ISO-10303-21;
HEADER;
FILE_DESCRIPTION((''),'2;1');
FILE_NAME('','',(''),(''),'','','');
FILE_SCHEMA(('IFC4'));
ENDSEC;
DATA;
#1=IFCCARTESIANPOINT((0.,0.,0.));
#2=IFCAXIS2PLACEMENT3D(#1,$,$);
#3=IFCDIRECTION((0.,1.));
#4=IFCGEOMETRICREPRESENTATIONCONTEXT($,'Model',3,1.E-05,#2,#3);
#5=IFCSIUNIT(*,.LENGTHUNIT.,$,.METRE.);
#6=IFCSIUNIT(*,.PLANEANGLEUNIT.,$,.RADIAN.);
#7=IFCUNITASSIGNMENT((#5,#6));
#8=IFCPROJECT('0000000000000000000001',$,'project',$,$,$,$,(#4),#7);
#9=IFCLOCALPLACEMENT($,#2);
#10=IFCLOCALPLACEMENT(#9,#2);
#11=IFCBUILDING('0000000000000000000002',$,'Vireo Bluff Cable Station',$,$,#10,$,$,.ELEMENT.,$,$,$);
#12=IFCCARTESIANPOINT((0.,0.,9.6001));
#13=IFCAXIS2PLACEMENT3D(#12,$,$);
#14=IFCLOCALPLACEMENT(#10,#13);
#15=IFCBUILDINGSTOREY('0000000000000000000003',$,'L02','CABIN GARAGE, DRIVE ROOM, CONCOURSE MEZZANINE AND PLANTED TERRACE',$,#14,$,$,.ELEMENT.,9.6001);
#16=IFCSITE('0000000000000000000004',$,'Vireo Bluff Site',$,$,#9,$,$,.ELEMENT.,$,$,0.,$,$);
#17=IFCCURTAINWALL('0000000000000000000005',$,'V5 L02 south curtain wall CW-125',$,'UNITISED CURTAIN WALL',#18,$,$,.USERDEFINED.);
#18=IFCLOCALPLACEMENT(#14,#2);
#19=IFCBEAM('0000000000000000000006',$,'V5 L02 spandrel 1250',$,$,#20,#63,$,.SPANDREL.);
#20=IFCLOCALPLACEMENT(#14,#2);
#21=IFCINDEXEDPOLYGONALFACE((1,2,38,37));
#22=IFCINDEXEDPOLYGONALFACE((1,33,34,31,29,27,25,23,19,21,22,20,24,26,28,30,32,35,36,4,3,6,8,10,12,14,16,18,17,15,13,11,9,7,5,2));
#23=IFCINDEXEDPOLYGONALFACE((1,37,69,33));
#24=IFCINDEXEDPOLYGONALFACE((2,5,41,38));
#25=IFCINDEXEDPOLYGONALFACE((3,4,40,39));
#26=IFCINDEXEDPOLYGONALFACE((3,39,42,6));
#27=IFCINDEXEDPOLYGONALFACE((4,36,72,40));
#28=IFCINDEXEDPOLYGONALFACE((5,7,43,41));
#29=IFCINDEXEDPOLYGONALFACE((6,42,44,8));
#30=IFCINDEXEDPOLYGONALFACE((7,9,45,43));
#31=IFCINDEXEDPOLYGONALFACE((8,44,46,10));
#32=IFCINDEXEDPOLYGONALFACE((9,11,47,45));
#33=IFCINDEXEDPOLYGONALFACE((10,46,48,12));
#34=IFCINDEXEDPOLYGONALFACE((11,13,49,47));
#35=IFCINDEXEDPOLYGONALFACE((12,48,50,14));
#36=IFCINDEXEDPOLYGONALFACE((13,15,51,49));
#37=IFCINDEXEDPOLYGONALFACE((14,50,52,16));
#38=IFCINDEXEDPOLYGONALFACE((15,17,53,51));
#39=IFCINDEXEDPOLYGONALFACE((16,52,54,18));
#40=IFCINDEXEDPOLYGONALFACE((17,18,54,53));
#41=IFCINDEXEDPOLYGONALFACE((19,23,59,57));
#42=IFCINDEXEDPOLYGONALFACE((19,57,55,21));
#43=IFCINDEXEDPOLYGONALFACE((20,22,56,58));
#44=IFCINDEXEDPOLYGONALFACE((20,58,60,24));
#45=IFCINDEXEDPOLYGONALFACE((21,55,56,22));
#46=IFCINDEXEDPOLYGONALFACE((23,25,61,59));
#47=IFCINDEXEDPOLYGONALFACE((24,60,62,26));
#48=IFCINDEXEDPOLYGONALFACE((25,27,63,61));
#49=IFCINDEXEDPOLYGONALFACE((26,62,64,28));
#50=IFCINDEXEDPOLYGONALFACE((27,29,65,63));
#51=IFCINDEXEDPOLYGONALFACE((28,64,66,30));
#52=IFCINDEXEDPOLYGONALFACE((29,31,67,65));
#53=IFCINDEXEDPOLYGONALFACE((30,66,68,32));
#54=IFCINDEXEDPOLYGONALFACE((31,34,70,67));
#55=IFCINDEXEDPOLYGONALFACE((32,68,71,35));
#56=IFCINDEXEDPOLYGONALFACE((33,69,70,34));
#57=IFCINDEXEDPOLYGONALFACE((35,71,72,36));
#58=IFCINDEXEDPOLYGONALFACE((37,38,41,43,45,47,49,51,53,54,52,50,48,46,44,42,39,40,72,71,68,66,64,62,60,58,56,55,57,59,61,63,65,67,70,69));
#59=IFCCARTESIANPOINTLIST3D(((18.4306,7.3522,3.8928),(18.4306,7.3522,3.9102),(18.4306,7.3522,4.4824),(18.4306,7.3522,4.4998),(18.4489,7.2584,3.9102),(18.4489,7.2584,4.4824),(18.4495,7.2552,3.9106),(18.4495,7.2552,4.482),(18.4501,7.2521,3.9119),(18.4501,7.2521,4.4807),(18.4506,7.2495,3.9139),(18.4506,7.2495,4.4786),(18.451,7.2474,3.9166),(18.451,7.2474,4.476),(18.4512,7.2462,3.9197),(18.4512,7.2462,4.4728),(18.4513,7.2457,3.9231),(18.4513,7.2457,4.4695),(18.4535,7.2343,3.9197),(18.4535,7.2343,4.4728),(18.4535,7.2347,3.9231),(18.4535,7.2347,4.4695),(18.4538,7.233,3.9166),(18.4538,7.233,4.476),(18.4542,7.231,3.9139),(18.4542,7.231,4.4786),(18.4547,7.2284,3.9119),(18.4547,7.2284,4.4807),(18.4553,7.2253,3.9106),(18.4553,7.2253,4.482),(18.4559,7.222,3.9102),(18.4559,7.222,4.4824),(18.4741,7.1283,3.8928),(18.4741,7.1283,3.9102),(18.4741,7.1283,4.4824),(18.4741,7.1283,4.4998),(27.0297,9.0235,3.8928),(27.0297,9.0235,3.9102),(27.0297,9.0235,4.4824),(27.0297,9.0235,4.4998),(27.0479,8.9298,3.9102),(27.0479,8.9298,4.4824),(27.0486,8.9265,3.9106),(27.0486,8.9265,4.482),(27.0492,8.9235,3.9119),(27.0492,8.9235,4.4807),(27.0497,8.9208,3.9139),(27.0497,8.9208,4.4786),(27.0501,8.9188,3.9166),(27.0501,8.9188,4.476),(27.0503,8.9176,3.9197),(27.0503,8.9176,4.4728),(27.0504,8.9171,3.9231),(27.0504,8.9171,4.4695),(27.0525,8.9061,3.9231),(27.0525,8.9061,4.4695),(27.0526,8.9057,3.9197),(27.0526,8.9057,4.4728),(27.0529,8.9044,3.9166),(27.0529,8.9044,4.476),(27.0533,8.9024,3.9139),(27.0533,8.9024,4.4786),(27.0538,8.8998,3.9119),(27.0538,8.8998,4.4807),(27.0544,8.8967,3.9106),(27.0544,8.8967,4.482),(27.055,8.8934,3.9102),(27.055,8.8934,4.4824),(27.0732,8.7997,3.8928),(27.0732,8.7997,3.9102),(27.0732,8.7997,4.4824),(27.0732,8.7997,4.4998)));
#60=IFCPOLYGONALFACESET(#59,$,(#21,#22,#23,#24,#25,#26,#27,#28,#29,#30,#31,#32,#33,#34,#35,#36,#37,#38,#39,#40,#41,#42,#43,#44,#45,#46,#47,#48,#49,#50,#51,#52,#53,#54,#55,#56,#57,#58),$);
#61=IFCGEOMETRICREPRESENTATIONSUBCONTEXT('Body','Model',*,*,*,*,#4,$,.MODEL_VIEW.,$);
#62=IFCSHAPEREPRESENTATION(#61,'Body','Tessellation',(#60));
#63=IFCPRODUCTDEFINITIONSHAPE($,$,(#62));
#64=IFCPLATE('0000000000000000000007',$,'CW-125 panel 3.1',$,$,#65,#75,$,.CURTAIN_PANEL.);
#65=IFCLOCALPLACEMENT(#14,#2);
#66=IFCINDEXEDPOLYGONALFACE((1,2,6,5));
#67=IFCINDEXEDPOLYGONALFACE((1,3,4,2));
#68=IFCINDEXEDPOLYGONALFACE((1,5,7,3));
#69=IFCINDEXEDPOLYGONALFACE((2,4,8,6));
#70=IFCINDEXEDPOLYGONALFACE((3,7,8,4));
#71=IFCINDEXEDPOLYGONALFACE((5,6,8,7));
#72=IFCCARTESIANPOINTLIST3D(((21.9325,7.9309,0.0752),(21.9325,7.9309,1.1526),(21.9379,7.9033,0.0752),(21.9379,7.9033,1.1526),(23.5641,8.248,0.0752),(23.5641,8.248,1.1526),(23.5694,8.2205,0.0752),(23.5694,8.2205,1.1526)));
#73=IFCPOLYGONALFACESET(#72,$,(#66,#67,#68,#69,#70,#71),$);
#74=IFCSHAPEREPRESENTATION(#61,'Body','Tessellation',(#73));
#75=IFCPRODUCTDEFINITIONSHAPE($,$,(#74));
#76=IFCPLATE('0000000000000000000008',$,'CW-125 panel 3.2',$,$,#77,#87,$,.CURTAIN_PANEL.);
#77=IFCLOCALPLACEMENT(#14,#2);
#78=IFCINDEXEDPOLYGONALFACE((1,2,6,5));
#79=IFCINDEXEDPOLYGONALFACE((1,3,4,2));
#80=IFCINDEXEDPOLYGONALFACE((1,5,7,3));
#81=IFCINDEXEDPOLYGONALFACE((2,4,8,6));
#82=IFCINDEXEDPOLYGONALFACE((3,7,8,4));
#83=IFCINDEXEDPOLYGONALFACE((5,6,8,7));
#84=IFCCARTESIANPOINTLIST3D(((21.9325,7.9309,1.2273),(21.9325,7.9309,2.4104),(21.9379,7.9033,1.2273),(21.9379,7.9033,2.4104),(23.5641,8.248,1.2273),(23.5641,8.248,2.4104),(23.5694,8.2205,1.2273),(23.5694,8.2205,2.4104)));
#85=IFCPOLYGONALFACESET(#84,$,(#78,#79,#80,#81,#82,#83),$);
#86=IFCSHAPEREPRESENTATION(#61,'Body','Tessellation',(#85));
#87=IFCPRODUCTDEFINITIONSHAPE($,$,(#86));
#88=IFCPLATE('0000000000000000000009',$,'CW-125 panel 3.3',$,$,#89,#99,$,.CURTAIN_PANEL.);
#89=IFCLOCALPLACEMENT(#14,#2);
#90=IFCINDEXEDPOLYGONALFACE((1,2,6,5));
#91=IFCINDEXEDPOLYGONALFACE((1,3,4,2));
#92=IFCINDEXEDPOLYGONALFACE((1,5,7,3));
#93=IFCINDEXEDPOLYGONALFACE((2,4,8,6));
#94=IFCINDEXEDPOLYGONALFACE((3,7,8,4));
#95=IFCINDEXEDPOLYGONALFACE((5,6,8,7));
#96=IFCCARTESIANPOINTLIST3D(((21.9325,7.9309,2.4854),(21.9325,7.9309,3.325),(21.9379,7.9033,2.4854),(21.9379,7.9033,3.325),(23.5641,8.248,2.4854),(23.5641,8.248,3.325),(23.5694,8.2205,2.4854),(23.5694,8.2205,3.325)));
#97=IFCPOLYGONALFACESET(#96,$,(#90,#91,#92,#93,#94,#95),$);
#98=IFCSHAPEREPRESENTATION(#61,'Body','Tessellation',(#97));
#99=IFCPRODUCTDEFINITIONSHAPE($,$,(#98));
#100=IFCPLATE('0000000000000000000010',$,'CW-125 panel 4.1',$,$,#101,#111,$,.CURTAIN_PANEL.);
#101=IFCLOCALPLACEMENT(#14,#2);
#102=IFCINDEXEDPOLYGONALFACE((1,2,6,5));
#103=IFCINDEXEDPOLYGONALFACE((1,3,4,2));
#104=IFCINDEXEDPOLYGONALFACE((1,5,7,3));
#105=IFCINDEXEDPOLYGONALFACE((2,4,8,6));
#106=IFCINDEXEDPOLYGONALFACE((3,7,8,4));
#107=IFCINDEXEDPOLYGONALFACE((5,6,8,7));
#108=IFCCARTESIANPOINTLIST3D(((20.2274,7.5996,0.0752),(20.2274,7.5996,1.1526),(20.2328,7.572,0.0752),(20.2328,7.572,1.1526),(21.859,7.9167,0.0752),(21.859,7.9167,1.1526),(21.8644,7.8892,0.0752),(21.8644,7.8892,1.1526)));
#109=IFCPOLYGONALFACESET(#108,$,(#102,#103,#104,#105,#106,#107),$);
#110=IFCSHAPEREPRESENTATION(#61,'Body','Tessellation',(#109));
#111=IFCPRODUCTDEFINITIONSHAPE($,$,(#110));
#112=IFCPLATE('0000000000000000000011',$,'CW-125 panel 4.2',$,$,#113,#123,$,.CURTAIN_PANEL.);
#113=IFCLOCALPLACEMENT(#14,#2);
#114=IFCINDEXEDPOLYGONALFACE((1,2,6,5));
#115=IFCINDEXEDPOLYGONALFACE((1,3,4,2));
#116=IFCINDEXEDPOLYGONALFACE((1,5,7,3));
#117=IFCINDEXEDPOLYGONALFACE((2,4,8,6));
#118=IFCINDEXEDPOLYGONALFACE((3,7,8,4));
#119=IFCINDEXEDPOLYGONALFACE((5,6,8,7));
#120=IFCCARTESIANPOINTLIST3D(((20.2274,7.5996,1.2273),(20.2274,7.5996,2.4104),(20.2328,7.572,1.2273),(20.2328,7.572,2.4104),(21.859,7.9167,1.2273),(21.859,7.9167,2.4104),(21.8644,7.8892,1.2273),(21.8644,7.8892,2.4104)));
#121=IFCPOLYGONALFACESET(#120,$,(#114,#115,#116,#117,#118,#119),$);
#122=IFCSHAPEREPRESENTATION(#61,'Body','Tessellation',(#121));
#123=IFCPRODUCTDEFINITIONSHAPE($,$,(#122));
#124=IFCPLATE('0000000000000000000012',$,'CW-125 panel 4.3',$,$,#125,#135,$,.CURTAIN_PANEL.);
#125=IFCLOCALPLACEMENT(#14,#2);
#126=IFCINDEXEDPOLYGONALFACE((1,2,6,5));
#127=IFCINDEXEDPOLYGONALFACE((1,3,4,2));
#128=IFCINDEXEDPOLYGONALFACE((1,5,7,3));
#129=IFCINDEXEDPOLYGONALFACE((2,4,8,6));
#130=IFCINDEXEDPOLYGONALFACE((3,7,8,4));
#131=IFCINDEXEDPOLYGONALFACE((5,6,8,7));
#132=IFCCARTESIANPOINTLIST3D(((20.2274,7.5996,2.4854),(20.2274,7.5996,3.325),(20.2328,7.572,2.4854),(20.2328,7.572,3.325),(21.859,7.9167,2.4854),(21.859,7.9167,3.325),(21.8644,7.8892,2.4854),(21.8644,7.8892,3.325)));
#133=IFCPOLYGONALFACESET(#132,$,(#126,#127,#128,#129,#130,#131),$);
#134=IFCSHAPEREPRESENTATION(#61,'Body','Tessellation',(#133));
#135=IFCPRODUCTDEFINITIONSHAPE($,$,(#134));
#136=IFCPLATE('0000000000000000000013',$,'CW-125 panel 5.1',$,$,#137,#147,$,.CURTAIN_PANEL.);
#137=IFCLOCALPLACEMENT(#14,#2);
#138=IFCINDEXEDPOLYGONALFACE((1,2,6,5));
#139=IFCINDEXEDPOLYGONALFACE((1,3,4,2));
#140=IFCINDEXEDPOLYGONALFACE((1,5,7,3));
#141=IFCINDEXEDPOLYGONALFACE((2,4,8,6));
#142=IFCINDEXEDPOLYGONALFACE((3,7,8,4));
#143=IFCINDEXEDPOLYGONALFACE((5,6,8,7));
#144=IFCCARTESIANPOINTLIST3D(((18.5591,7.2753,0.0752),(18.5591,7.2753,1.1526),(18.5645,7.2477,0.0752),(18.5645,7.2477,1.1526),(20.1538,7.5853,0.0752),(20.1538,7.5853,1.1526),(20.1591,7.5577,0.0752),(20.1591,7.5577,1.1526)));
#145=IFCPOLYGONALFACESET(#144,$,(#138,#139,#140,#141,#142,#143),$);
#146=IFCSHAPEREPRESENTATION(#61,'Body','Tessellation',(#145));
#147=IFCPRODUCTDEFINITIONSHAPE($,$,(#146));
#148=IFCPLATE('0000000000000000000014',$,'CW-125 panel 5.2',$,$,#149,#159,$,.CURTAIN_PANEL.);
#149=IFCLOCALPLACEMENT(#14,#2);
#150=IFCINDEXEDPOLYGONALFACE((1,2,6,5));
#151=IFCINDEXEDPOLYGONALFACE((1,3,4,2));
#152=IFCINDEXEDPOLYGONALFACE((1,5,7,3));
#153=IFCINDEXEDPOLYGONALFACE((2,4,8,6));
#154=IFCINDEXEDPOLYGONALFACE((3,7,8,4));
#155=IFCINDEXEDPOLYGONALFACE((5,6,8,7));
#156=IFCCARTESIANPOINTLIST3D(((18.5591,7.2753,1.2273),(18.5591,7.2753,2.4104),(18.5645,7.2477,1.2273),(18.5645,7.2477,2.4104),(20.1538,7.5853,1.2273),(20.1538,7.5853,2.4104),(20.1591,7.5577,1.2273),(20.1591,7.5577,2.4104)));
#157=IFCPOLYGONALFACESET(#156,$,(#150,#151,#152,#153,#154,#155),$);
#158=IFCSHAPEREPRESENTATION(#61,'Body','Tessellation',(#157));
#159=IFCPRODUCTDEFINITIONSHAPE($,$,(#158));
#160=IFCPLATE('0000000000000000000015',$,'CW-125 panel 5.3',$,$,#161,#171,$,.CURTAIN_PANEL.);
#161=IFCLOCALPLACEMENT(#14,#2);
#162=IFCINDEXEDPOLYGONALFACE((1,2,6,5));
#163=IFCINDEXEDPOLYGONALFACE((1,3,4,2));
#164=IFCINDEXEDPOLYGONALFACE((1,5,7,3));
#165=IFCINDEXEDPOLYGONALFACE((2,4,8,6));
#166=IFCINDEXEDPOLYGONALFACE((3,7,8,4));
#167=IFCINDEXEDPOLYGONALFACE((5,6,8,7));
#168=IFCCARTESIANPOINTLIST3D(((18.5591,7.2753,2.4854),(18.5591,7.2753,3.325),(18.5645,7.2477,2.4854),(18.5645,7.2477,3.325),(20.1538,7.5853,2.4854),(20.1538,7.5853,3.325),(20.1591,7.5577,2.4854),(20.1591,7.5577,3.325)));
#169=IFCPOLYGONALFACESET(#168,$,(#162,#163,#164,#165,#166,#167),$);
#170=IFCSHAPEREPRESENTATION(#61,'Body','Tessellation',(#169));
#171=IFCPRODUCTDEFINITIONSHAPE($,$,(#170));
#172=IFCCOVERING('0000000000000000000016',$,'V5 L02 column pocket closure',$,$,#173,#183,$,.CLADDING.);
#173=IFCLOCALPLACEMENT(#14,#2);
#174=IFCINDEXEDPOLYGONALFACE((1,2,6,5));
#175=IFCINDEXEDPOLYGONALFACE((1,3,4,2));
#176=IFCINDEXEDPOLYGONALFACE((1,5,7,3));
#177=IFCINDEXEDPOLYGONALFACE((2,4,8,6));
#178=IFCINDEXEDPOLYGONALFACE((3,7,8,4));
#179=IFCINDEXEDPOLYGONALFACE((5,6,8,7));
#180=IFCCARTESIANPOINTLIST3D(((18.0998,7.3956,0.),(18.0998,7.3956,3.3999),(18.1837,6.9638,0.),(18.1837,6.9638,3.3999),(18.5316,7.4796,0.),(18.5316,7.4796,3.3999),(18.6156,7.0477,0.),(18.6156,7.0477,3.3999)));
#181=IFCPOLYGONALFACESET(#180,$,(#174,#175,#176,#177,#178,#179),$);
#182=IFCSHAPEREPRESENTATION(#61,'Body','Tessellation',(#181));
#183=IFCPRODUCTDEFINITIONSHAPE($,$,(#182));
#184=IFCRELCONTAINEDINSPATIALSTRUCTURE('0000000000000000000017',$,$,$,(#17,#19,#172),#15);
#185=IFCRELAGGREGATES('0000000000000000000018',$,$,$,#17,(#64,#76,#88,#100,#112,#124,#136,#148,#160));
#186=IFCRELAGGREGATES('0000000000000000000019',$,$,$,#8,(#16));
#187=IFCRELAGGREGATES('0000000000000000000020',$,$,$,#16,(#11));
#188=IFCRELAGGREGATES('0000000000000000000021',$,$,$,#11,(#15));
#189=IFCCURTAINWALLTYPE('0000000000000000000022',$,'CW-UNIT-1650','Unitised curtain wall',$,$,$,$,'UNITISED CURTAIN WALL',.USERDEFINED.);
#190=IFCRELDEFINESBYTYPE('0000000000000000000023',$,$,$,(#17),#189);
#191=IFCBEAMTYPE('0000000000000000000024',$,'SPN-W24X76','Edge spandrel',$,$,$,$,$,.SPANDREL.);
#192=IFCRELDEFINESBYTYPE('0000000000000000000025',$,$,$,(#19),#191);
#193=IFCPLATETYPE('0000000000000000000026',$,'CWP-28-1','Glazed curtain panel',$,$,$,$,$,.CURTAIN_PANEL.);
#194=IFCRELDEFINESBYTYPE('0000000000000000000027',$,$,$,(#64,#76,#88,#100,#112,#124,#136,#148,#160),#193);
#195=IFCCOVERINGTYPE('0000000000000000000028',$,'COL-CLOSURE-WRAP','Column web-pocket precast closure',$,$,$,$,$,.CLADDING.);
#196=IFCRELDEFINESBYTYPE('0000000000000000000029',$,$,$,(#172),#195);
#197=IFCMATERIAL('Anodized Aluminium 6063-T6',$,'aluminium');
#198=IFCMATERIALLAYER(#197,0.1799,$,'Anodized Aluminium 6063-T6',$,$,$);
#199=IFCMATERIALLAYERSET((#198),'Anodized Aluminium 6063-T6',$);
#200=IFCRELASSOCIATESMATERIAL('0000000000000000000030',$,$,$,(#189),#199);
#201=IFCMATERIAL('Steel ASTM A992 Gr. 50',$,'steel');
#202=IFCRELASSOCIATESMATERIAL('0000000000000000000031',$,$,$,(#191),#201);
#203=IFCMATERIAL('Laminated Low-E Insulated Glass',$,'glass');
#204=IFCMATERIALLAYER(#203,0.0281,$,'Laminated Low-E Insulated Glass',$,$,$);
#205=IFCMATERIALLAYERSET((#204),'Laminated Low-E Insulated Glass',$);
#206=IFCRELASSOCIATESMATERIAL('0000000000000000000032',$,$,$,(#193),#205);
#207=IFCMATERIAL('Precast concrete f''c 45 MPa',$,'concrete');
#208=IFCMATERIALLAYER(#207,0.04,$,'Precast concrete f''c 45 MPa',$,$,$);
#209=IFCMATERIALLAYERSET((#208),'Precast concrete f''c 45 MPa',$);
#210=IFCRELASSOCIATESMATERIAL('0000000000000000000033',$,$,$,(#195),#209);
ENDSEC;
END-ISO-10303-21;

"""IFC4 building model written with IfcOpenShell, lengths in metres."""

from ifc_helpers import new_model, si_unit, direction, frame, origin, origin_2d, place, context, subcontext, project, spatial, rectangle, i_section, extrude, material, layer, layer_set, material_profile, profile_set, type_object, element, aggregate, save


model = new_model("IFC4")

# Units and contexts
model_context = context("Model", 3, precision=1e-05, world=origin(), true_north=direction((0.0, 1.0)))
body_context = subcontext(model_context, "Body", "Model", "MODEL_VIEW")
ifc_project = project(units=[si_unit("LENGTHUNIT", "METRE"), si_unit("PLANEANGLEUNIT", "RADIAN")], contexts=[model_context])

# Site, building, storey
site_placement = place(None, origin())
site = spatial("IfcSite", under=ifc_project, at=site_placement, Name="Vireo Bluff Site", CompositionType="ELEMENT", RefElevation=0.0)
building_placement = place(site_placement, origin())
building = spatial("IfcBuilding", under=site, at=building_placement, Name="Vireo Bluff Cable Station", CompositionType="ELEMENT")
storey_placement = place(building_placement, frame((0.0, 0.0, 9.6001)))
storey = spatial("IfcBuildingStorey", under=building, at=storey_placement, Name="L02", Description="CABIN GARAGE, DRIVE ROOM, CONCOURSE MEZZANINE AND PLANTED TERRACE", CompositionType="ELEMENT", Elevation=9.6001)

# Curtain wall
ifc_material_1 = material(Name="Anodized Aluminium 6063-T6", Category="aluminium")
ifc_layer_1 = layer(ifc_material_1, 0.1799, Name="Anodized Aluminium 6063-T6")
ifc_layer_set_1 = layer_set([ifc_layer_1], Name="Anodized Aluminium 6063-T6")
curtain_wall_type = type_object("IfcCurtainWallType", Name="CW-UNIT-1650", Description="Unitised curtain wall", ElementType="UNITISED CURTAIN WALL", PredefinedType="USERDEFINED", material=ifc_layer_set_1)
curtain_wall_placement = place(storey_placement, origin())
curtain_wall = element("IfcCurtainWall", 1, at=curtain_wall_placement, inside=storey, type_object=curtain_wall_type, Name="V5 L02 south curtain wall CW-125", ObjectType="UNITISED CURTAIN WALL", PredefinedType="USERDEFINED")

# Beam
ifc_material_2 = material(Name="Steel ASTM A992 Gr. 50", Category="steel")
ifc_material_profile_1 = material_profile(ifc_material_2, i_section(OverallWidth=0.228, OverallDepth=0.6069, WebThickness=0.0112, FlangeThickness=0.0173, FilletRadius=0.0129, at=origin_2d()), Name="W24X76")
ifc_profile_set_1 = profile_set([ifc_material_profile_1], Name="Steel ASTM A992 Gr. 50")
beam_type = type_object("IfcBeamType", Name="SPN-W24X76", Description="Edge spandrel", PredefinedType="SPANDREL", material=ifc_profile_set_1)
beam_placement = place(storey_placement, frame((18.4524, 7.2402, 4.1963), z_axis=(0.98163, 0.190797, 0.0), x_axis=(-0.190797, 0.98163, 0.0)))
element("IfcBeam", 2, at=beam_placement, inside=storey, type_object=beam_type, Name="V5 L02 spandrel 1250", PredefinedType="SPANDREL", context=body_context, shape_type="SweptSolid", body=[
    extrude(i_section(OverallWidth=0.228, OverallDepth=0.6069, WebThickness=0.0112, FlangeThickness=0.0173, FilletRadius=0.0129, at=origin_2d()), origin(), (0.0, 0.0, 1.0), 8.76),
])

# Plates
ifc_material_3 = material(Name="Laminated Low-E Insulated Glass", Category="glass")
ifc_layer_2 = layer(ifc_material_3, 0.0281, Name="Laminated Low-E Insulated Glass")
ifc_layer_set_2 = layer_set([ifc_layer_2], Name="Laminated Low-E Insulated Glass")
plate_type = type_object("IfcPlateType", Name="CWP-28-1", Description="Glazed curtain panel", PredefinedType="CURTAIN_PANEL", material=ifc_layer_set_2)
plate_1_placement = place(storey_placement, frame((22.751, 8.0757, 0.0752), z_axis=(0.0, 0.0, 1.0), x_axis=(-0.981627, -0.190809, 0.0)))
plate_1 = element("IfcPlate", 3, at=plate_1_placement, type_object=plate_type, Name="CW-125 panel 3.1", PredefinedType="CURTAIN_PANEL", context=body_context, shape_type="SweptSolid", body=[
    extrude(rectangle(XDim=1.6621, YDim=0.0281, at=origin_2d()), origin(), (0.0, 0.0, 1.0), 1.0774),
])
plate_2_placement = place(storey_placement, frame((22.751, 8.0757, 1.2273), z_axis=(0.0, 0.0, 1.0), x_axis=(-0.981627, -0.190809, 0.0)))
plate_2 = element("IfcPlate", 4, at=plate_2_placement, type_object=plate_type, Name="CW-125 panel 3.2", PredefinedType="CURTAIN_PANEL", context=body_context, shape_type="SweptSolid", body=[
    extrude(rectangle(XDim=1.6621, YDim=0.0281, at=origin_2d()), origin(), (0.0, 0.0, 1.0), 1.1831),
])
plate_3_placement = place(storey_placement, frame((22.751, 8.0757, 2.4854), z_axis=(0.0, 0.0, 1.0), x_axis=(-0.981627, -0.190809, 0.0)))
plate_3 = element("IfcPlate", 5, at=plate_3_placement, type_object=plate_type, Name="CW-125 panel 3.3", PredefinedType="CURTAIN_PANEL", context=body_context, shape_type="SweptSolid", body=[
    extrude(rectangle(XDim=1.6621, YDim=0.0281, at=origin_2d()), origin(), (0.0, 0.0, 1.0), 0.8396),
])
plate_4_placement = place(storey_placement, frame((21.0459, 7.7444, 0.0752), z_axis=(0.0, 0.0, 1.0), x_axis=(-0.981627, -0.190809, 0.0)))
plate_4 = element("IfcPlate", 6, at=plate_4_placement, type_object=plate_type, Name="CW-125 panel 4.1", PredefinedType="CURTAIN_PANEL", context=body_context, shape_type="SweptSolid", body=[
    extrude(rectangle(XDim=1.6621, YDim=0.0281, at=origin_2d()), origin(), (0.0, 0.0, 1.0), 1.0774),
])
plate_5_placement = place(storey_placement, frame((21.0459, 7.7444, 1.2273), z_axis=(0.0, 0.0, 1.0), x_axis=(-0.981627, -0.190809, 0.0)))
plate_5 = element("IfcPlate", 7, at=plate_5_placement, type_object=plate_type, Name="CW-125 panel 4.2", PredefinedType="CURTAIN_PANEL", context=body_context, shape_type="SweptSolid", body=[
    extrude(rectangle(XDim=1.6621, YDim=0.0281, at=origin_2d()), origin(), (0.0, 0.0, 1.0), 1.1831),
])
plate_6_placement = place(storey_placement, frame((21.0459, 7.7444, 2.4854), z_axis=(0.0, 0.0, 1.0), x_axis=(-0.981627, -0.190809, 0.0)))
plate_6 = element("IfcPlate", 8, at=plate_6_placement, type_object=plate_type, Name="CW-125 panel 4.3", PredefinedType="CURTAIN_PANEL", context=body_context, shape_type="SweptSolid", body=[
    extrude(rectangle(XDim=1.6621, YDim=0.0281, at=origin_2d()), origin(), (0.0, 0.0, 1.0), 0.8396),
])
plate_7_placement = place(storey_placement, frame((19.3591, 7.4165, 0.0752), z_axis=(0.0, 0.0, 1.0), x_axis=(-0.981627, -0.190809, 0.0)))
plate_7 = element("IfcPlate", 9, at=plate_7_placement, type_object=plate_type, Name="CW-125 panel 5.1", PredefinedType="CURTAIN_PANEL", context=body_context, shape_type="SweptSolid", body=[
    extrude(rectangle(XDim=1.6245, YDim=0.0281, at=origin_2d()), origin(), (0.0, 0.0, 1.0), 1.0774),
])
plate_8_placement = place(storey_placement, frame((19.3591, 7.4165, 1.2273), z_axis=(0.0, 0.0, 1.0), x_axis=(-0.981627, -0.190809, 0.0)))
plate_8 = element("IfcPlate", 10, at=plate_8_placement, type_object=plate_type, Name="CW-125 panel 5.2", PredefinedType="CURTAIN_PANEL", context=body_context, shape_type="SweptSolid", body=[
    extrude(rectangle(XDim=1.6245, YDim=0.0281, at=origin_2d()), origin(), (0.0, 0.0, 1.0), 1.1831),
])
plate_9_placement = place(storey_placement, frame((19.3591, 7.4165, 2.4854), z_axis=(0.0, 0.0, 1.0), x_axis=(-0.981627, -0.190809, 0.0)))
plate_9 = element("IfcPlate", 11, at=plate_9_placement, type_object=plate_type, Name="CW-125 panel 5.3", PredefinedType="CURTAIN_PANEL", context=body_context, shape_type="SweptSolid", body=[
    extrude(rectangle(XDim=1.6245, YDim=0.0281, at=origin_2d()), origin(), (0.0, 0.0, 1.0), 0.8396),
])
aggregate(curtain_wall, [plate_1, plate_2, plate_3, plate_4, plate_5, plate_6, plate_7, plate_8, plate_9])

# Covering
ifc_material_4 = material(Name="Precast concrete f'c 45 MPa", Category="concrete")
ifc_layer_3 = layer(ifc_material_4, 0.04, Name="Precast concrete f'c 45 MPa")
ifc_layer_set_3 = layer_set([ifc_layer_3], Name="Precast concrete f'c 45 MPa")
covering_type = type_object("IfcCoveringType", Name="COL-CLOSURE-WRAP", Description="Column web-pocket precast closure", PredefinedType="CLADDING", material=ifc_layer_set_3)
covering_placement = place(storey_placement, frame((18.3577, 7.2217, 0.0), z_axis=(0.0, 0.0, 1.0), x_axis=(0.981627, 0.190809, 0.0)))
element("IfcCovering", 12, at=covering_placement, inside=storey, type_object=covering_type, Name="V5 L02 column pocket closure", PredefinedType="CLADDING", context=body_context, shape_type="SweptSolid", body=[
    extrude(rectangle(XDim=0.4399, YDim=0.4399, at=origin_2d()), origin(), (0.0, 0.0, 1.0), 3.3999),
])

save(model, "model.ifc")
